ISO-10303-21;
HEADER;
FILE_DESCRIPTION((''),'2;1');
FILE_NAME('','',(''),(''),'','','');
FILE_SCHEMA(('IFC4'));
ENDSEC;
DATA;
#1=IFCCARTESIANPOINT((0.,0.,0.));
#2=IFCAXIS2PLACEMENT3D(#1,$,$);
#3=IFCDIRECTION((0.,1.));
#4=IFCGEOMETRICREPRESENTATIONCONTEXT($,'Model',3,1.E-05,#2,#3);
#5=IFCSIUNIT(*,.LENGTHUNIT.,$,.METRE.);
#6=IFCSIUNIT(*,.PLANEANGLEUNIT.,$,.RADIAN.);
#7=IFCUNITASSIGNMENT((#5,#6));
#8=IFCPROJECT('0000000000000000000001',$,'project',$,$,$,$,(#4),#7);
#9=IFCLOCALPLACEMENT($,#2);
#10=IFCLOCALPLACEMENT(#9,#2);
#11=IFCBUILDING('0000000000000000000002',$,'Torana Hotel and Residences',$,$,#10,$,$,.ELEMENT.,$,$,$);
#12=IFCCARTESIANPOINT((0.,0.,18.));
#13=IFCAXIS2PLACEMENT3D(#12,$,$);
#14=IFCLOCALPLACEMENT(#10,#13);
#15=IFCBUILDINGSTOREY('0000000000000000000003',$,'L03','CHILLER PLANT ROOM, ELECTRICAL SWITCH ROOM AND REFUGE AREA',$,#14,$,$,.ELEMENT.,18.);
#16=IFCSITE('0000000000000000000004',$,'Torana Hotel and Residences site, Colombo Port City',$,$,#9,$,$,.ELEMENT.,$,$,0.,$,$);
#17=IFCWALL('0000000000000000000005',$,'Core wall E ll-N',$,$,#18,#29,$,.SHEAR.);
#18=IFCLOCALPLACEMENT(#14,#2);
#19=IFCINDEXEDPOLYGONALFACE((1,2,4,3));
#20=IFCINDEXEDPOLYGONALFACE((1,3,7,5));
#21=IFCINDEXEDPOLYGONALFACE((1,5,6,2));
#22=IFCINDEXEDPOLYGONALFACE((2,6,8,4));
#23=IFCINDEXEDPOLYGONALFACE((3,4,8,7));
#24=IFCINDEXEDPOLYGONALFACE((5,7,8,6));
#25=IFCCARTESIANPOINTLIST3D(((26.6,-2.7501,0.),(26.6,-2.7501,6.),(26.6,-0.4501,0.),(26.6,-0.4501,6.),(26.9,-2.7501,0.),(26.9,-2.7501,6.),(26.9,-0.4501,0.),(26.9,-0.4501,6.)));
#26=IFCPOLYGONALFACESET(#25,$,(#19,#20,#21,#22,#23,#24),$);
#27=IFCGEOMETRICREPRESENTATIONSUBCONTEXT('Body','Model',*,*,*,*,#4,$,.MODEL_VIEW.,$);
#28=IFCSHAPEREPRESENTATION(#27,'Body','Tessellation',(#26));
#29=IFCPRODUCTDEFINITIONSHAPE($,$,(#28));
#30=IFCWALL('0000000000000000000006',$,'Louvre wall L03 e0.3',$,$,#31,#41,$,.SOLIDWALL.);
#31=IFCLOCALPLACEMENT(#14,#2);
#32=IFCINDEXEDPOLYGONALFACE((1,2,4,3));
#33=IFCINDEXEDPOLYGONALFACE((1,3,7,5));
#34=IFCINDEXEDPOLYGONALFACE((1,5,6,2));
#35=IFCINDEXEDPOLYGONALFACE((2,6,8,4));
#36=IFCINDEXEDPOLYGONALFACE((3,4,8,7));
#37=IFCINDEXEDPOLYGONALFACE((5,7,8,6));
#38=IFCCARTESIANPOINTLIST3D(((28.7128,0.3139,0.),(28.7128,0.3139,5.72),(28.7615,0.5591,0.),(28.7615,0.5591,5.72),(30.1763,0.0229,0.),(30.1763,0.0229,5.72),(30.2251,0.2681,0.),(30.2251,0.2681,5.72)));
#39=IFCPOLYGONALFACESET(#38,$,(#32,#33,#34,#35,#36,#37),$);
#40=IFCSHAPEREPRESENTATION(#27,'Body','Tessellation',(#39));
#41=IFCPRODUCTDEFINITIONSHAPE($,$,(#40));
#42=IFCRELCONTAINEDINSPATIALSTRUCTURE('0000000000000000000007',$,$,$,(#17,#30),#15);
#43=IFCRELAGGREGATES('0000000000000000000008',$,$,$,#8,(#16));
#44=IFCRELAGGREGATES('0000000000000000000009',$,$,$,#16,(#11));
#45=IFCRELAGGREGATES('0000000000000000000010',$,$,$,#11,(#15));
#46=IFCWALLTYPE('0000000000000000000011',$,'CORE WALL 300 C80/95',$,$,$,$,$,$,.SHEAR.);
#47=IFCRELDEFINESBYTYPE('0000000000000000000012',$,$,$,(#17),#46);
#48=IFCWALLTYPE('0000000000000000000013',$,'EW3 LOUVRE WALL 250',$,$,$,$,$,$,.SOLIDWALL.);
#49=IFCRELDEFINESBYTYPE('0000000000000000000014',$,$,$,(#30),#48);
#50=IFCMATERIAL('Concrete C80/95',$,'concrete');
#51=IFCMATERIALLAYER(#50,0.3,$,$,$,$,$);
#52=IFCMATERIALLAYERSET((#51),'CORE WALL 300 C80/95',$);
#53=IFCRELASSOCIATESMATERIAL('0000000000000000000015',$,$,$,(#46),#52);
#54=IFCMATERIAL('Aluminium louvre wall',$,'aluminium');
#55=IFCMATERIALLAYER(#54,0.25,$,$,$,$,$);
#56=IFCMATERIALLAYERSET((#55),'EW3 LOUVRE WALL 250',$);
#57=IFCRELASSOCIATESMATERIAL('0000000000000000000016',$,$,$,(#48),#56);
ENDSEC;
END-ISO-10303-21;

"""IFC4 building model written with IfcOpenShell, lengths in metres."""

from ifc_helpers import new_model, si_unit, direction, frame, frame_2d, origin, place, context, subcontext, project, spatial, rectangle, extrude, material, layer, layer_set, type_object, element, save


model = new_model("IFC4")

# Units and contexts
model_context = context("Model", 3, precision=1e-05, world=origin(), true_north=direction((0.0, 1.0)))
body_context = subcontext(model_context, "Body", "Model", "MODEL_VIEW")
ifc_project = project(units=[si_unit("LENGTHUNIT", "METRE"), si_unit("PLANEANGLEUNIT", "RADIAN")], contexts=[model_context])

# Site, building, storey
site_placement = place(None, origin())
site = spatial("IfcSite", under=ifc_project, at=site_placement, Name="Torana Hotel and Residences site, Colombo Port City", CompositionType="ELEMENT", RefElevation=0.0)
building_placement = place(site_placement, origin())
building = spatial("IfcBuilding", under=site, at=building_placement, Name="Torana Hotel and Residences", CompositionType="ELEMENT")
storey_placement = place(building_placement, frame((0.0, 0.0, 18.0)))
storey = spatial("IfcBuildingStorey", under=building, at=storey_placement, Name="L03", Description="CHILLER PLANT ROOM, ELECTRICAL SWITCH ROOM AND REFUGE AREA", CompositionType="ELEMENT", Elevation=18.0)

# Walls
ifc_material_1 = material(Name="Concrete C80/95", Category="concrete")
ifc_layer_1 = layer(ifc_material_1, 0.3)
ifc_layer_set_1 = layer_set([ifc_layer_1], Name="CORE WALL 300 C80/95")
wall_type_1 = type_object("IfcWallType", Name="CORE WALL 300 C80/95", PredefinedType="SHEAR", material=ifc_layer_set_1)
wall_1_placement = place(storey_placement, frame((26.75, -2.75, 0.0), z_axis=(0.0, 0.0, 1.0), x_axis=(0.0, 1.0, 0.0)))
element("IfcWall", 1, at=wall_1_placement, inside=storey, type_object=wall_type_1, Name="Core wall E ll-N", PredefinedType="SHEAR", context=body_context, shape_type="SweptSolid", body=[
    extrude(rectangle(XDim=2.3, YDim=0.3, at=frame_2d((1.1499, 0.0))), origin(), (0.0, 0.0, 1.0), 6.0),
])
ifc_material_2 = material(Name="Aluminium louvre wall", Category="aluminium")
ifc_layer_2 = layer(ifc_material_2, 0.25)
ifc_layer_set_2 = layer_set([ifc_layer_2], Name="EW3 LOUVRE WALL 250")
wall_type_2 = type_object("IfcWallType", Name="EW3 LOUVRE WALL 250", PredefinedType="SOLIDWALL", material=ifc_layer_set_2)
wall_2_placement = place(storey_placement, frame((30.2007, 0.1455, 0.0), z_axis=(0.0, 0.0, 1.0), x_axis=(-0.9808, 0.195015, 0.0)))
element("IfcWall", 2, at=wall_2_placement, inside=storey, type_object=wall_type_2, Name="Louvre wall L03 e0.3", PredefinedType="SOLIDWALL", context=body_context, shape_type="SweptSolid", body=[
    extrude(rectangle(XDim=1.4922, YDim=0.25, at=frame_2d((0.7461, 0.0))), origin(), (0.0, 0.0, 1.0), 5.72),
])

save(model, "model.ifc")
